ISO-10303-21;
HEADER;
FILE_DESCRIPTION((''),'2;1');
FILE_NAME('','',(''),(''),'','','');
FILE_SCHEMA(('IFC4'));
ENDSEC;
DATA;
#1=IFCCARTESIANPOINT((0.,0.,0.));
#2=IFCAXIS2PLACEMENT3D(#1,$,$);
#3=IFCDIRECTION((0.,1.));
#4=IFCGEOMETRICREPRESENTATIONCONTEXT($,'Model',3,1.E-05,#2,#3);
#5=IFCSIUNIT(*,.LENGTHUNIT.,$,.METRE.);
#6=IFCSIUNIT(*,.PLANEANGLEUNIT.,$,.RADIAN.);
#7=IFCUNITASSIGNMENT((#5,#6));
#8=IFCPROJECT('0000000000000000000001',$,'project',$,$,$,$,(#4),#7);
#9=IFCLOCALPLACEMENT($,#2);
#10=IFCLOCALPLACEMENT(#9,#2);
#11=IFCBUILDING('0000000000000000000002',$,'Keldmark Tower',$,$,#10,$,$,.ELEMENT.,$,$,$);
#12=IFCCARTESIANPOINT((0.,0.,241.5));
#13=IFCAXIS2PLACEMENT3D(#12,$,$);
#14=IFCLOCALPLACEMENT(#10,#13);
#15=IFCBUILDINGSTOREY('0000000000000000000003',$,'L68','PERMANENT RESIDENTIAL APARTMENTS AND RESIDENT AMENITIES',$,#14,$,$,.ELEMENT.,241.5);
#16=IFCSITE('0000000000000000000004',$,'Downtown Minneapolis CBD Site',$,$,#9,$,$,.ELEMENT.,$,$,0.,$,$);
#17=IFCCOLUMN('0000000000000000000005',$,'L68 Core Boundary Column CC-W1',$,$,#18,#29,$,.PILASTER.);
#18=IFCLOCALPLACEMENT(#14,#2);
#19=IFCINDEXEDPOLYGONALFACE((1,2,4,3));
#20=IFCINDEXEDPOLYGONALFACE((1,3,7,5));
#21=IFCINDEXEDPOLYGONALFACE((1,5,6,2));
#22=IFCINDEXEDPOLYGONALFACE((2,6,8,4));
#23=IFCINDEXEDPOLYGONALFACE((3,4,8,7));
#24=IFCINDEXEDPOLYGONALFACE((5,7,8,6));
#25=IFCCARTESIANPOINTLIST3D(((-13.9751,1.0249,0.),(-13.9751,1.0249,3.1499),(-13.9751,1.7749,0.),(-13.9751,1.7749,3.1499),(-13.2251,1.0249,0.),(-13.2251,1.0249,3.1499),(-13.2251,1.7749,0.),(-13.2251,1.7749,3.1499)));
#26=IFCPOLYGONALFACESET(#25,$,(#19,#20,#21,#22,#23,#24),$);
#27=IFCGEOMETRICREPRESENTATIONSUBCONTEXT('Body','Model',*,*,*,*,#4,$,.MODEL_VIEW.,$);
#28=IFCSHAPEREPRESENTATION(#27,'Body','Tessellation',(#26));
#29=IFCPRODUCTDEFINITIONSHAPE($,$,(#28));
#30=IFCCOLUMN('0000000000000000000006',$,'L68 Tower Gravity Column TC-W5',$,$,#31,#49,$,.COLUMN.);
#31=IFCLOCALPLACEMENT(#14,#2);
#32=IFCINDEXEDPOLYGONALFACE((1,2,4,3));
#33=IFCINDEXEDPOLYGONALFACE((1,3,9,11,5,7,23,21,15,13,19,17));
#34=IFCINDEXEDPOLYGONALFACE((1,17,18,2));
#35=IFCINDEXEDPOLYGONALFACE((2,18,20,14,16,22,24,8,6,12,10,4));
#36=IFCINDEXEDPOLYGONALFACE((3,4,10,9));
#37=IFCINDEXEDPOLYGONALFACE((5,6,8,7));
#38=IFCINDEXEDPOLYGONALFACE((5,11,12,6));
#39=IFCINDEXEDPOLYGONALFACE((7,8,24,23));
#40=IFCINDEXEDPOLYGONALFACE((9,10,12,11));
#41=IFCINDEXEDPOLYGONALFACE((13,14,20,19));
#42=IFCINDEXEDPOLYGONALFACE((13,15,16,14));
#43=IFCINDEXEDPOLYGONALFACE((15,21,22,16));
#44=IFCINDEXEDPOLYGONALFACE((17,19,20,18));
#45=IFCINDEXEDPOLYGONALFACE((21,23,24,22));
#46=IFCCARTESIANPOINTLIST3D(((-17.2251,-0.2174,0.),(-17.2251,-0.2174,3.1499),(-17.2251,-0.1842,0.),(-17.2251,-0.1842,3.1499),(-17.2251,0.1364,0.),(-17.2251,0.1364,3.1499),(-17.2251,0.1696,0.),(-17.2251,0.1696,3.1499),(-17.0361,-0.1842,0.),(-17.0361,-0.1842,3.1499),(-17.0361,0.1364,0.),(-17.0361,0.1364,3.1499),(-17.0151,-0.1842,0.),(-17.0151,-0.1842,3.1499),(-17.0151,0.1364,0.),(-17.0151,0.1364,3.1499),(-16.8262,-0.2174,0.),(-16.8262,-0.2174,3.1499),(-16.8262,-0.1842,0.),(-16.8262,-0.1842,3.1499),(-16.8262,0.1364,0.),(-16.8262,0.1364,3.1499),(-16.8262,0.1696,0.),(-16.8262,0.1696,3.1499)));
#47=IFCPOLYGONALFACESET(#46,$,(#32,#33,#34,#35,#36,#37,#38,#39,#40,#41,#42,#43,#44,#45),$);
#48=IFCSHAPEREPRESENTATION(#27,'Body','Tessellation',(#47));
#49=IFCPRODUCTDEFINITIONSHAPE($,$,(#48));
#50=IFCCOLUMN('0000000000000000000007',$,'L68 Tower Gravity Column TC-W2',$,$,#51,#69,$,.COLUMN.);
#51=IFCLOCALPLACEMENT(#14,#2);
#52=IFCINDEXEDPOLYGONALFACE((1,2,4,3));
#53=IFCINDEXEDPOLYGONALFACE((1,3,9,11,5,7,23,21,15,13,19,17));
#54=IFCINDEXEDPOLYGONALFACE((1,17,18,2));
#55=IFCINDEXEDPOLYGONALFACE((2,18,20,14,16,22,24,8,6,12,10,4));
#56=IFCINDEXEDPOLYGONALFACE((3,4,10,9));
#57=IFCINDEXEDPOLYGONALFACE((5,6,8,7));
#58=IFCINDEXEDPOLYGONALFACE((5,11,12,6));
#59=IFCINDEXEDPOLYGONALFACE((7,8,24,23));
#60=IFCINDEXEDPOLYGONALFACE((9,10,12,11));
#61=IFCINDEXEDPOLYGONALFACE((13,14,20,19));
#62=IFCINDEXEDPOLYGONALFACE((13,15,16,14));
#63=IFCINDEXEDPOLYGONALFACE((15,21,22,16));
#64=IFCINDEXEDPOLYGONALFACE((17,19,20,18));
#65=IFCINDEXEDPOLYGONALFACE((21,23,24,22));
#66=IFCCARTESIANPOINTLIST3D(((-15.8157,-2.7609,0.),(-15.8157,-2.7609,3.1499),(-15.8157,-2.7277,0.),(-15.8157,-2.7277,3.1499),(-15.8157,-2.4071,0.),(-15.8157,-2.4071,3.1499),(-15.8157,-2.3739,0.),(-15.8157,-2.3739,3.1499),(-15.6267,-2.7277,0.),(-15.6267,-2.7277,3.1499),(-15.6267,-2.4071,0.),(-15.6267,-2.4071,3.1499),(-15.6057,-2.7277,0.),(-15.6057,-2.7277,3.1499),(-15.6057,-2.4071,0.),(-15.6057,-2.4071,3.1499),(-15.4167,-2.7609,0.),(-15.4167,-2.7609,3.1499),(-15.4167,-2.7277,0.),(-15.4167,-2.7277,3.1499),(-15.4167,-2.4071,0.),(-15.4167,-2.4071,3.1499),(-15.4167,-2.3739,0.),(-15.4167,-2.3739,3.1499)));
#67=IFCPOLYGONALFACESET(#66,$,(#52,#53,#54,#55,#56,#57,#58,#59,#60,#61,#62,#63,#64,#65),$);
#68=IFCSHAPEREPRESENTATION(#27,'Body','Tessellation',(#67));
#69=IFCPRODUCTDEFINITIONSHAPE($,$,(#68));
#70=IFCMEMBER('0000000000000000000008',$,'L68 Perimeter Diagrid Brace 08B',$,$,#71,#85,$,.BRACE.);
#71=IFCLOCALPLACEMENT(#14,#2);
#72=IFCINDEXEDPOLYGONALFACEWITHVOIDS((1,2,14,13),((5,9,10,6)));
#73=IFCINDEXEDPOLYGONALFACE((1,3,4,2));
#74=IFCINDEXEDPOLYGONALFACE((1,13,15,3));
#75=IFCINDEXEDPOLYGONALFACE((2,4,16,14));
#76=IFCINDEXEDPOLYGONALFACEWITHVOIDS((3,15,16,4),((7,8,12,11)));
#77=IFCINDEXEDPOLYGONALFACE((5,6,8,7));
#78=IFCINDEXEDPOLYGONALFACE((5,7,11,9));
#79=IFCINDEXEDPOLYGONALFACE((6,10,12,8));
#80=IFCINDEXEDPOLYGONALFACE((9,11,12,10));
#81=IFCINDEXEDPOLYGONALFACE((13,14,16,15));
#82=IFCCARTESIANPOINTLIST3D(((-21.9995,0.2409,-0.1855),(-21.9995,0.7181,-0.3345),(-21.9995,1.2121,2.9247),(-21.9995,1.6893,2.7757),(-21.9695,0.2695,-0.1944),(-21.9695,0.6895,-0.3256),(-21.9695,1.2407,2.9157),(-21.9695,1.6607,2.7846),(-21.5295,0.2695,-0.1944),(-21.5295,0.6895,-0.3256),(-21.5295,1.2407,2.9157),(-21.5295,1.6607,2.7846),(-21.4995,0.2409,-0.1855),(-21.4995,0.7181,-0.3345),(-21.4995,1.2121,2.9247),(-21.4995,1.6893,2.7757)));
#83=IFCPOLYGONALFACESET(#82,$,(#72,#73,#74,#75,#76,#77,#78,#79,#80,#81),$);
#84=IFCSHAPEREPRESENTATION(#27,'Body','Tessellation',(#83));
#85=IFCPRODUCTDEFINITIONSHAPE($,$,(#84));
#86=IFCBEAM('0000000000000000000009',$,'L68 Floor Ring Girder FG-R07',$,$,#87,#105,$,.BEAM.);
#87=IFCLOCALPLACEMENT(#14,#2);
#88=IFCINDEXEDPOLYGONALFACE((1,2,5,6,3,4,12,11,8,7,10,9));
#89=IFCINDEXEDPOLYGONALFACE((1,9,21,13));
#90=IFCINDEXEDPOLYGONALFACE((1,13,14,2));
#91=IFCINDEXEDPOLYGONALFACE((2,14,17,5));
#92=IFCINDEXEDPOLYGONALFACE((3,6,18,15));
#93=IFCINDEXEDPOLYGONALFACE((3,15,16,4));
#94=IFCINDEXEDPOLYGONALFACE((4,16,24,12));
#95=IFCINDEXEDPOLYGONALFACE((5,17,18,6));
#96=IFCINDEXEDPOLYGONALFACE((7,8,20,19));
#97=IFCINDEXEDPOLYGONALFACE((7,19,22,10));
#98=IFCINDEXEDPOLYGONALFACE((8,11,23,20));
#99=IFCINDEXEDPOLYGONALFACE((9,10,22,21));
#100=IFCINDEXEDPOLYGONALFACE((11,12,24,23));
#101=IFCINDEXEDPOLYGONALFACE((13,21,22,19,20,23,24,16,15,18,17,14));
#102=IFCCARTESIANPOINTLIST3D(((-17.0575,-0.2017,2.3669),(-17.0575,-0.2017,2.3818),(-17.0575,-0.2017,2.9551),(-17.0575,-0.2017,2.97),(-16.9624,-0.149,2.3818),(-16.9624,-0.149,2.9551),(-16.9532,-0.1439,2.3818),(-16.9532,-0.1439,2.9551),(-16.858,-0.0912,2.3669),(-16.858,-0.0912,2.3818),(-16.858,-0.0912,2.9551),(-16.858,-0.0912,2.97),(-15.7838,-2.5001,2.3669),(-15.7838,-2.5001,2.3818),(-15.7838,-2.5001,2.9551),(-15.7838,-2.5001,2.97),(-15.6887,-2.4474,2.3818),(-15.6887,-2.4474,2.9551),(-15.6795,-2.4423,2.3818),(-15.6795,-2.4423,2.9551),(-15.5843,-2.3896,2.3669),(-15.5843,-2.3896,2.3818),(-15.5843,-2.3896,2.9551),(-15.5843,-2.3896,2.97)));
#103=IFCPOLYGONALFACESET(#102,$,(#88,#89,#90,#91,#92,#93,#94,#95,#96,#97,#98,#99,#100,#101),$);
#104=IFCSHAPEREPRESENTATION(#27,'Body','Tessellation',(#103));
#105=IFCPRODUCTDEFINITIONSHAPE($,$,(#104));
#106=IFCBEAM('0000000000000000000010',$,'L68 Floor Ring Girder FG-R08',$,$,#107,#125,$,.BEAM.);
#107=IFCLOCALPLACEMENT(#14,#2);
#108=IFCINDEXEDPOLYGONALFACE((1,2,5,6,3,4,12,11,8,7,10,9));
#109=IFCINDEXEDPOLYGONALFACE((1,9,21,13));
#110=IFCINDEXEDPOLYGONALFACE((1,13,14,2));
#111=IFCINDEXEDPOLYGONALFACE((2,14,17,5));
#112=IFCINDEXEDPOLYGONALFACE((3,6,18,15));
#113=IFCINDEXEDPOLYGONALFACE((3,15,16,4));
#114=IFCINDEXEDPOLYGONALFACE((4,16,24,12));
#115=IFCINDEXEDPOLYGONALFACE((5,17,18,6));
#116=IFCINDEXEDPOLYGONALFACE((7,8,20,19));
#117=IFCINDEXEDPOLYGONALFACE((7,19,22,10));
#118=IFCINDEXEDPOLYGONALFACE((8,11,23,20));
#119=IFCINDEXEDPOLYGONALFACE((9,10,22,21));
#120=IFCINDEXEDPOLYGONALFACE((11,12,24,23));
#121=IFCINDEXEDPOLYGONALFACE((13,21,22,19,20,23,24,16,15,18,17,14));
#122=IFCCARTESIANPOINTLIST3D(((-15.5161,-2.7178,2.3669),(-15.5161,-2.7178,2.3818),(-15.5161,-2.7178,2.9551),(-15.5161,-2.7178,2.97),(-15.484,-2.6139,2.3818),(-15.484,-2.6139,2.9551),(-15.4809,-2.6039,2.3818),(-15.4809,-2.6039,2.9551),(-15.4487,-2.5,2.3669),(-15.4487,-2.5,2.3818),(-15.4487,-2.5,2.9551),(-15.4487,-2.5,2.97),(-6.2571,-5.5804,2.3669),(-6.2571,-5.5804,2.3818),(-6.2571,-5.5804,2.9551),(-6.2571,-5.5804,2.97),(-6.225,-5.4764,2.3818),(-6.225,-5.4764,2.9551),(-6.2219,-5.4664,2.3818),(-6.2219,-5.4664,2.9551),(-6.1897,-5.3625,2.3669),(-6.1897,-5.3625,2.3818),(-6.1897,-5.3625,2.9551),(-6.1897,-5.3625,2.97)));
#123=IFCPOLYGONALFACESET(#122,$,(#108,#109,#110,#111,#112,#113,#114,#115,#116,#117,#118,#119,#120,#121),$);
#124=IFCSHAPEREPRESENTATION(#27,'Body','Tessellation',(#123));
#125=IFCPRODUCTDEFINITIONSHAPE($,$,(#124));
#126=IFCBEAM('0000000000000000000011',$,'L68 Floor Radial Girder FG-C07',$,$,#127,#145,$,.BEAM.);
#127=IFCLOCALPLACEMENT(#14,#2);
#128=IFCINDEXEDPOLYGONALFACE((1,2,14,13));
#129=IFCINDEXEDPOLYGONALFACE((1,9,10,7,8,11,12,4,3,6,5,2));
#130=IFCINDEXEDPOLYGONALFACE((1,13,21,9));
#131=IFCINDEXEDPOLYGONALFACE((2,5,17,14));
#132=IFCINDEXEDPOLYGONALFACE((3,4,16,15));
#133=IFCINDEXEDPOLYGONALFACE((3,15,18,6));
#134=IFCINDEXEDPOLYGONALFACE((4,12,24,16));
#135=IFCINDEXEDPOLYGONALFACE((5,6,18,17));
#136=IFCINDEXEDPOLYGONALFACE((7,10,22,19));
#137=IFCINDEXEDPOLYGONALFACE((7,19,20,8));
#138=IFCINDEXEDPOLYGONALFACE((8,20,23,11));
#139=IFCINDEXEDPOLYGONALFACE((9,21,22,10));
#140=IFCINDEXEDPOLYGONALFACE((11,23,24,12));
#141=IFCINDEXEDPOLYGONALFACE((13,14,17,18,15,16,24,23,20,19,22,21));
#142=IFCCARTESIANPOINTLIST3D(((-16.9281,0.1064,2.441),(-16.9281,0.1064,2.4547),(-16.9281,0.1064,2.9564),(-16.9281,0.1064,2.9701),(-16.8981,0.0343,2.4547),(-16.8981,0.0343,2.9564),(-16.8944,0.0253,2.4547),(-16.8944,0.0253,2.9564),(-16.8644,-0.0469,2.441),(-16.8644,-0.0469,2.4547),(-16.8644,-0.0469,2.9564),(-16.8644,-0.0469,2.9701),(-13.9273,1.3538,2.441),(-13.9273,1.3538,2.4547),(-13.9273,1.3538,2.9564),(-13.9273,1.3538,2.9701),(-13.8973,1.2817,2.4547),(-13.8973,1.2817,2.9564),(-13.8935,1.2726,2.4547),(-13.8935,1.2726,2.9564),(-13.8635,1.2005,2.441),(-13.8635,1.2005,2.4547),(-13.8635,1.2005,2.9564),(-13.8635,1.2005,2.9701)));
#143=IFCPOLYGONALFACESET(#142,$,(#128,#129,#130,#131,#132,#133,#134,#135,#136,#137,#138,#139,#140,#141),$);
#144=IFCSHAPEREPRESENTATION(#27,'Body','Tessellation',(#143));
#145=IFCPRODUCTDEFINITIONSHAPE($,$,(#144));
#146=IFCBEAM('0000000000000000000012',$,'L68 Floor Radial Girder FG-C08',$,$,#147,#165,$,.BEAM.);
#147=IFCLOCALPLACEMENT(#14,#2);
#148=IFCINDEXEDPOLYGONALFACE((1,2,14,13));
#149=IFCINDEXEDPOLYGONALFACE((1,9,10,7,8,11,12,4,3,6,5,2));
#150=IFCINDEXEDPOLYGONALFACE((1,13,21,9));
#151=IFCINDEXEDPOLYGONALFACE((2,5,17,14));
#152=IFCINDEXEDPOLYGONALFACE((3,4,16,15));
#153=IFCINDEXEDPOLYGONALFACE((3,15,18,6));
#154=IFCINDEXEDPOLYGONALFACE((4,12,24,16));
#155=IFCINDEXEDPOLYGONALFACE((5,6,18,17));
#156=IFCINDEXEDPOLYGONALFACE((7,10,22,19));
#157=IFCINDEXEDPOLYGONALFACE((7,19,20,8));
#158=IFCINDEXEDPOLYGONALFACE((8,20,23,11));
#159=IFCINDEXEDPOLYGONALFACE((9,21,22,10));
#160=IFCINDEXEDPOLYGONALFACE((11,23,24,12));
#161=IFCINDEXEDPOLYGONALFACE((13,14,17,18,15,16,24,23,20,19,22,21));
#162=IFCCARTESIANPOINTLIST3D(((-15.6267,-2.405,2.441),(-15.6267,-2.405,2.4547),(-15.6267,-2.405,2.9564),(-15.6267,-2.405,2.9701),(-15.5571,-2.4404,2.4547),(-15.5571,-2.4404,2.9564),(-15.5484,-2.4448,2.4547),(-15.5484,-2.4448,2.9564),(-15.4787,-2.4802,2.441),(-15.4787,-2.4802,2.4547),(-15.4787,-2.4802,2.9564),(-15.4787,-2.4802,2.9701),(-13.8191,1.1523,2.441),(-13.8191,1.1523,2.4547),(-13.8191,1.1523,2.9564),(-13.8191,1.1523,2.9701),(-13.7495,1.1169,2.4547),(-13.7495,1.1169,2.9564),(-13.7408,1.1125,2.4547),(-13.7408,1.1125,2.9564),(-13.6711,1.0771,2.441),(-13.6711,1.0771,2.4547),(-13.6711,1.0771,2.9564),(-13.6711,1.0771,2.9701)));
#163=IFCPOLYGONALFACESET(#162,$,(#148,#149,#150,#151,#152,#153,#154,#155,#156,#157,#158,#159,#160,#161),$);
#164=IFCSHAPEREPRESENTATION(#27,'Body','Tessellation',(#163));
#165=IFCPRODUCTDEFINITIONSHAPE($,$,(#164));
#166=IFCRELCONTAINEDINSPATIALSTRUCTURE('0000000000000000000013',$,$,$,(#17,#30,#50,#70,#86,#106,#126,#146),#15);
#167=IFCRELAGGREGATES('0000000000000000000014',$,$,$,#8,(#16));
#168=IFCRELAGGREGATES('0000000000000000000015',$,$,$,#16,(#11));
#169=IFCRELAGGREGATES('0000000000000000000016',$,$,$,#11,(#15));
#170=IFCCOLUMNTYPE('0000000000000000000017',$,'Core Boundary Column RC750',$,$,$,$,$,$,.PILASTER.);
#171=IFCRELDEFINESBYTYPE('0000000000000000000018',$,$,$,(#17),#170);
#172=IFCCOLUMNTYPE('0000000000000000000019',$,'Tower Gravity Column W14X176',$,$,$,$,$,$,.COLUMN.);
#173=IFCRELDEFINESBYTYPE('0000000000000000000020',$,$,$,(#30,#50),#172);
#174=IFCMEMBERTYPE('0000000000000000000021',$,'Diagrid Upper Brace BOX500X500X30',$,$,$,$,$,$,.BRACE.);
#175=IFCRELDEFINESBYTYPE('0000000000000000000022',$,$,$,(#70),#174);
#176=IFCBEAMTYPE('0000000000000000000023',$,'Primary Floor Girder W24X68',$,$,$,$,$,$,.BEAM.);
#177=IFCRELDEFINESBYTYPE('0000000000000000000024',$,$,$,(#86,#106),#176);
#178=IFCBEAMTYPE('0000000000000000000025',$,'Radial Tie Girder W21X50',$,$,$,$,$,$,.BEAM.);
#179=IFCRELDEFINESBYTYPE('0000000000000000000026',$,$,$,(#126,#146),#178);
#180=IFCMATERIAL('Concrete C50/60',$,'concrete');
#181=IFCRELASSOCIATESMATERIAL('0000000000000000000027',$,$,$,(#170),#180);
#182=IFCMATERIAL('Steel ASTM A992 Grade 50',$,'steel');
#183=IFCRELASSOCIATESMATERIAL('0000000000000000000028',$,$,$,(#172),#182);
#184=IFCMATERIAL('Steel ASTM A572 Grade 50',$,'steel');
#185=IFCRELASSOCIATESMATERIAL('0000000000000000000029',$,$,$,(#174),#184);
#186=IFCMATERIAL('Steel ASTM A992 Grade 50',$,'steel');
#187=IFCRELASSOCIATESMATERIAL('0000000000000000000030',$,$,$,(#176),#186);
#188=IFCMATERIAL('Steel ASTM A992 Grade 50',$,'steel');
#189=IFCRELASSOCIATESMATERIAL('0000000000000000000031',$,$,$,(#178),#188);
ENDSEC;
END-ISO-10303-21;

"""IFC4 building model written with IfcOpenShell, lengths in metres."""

from ifc_helpers import new_model, si_unit, direction, frame, origin, origin_2d, place, context, subcontext, project, spatial, rectangle, hollow_rectangle, i_section, extrude, material, material_profile, profile_set, type_object, element, save


model = new_model("IFC4")

# Units and contexts
model_context = context("Model", 3, precision=1e-05, world=origin(), true_north=direction((0.0, 1.0)))
body_context = subcontext(model_context, "Body", "Model", "MODEL_VIEW")
ifc_project = project(units=[si_unit("LENGTHUNIT", "METRE"), si_unit("PLANEANGLEUNIT", "RADIAN")], contexts=[model_context])

# Site, building, storey
site_placement = place(None, origin())
site = spatial("IfcSite", under=ifc_project, at=site_placement, Name="Downtown Minneapolis CBD Site", CompositionType="ELEMENT", RefElevation=0.0)
building_placement = place(site_placement, origin())
building = spatial("IfcBuilding", under=site, at=building_placement, Name="Keldmark Tower", CompositionType="ELEMENT")
storey_placement = place(building_placement, frame((0.0, 0.0, 241.5)))
storey = spatial("IfcBuildingStorey", under=building, at=storey_placement, Name="L68", Description="PERMANENT RESIDENTIAL APARTMENTS AND RESIDENT AMENITIES", CompositionType="ELEMENT", Elevation=241.5)

# Columns
ifc_material_1 = material(Name="Concrete C50/60", Category="concrete")
ifc_material_profile_1 = material_profile(ifc_material_1, rectangle(XDim=0.75, YDim=0.75, at=origin_2d()), Name="RC750X750")
ifc_profile_set_1 = profile_set([ifc_material_profile_1], Name="Concrete C50/60")
column_type_1 = type_object("IfcColumnType", Name="Core Boundary Column RC750", PredefinedType="PILASTER", material=ifc_profile_set_1)
column_placement = place(storey_placement, frame((-13.6001, 1.3999, 0.0), z_axis=(0.0, 0.0, 1.0), x_axis=(1.0, 0.0, 0.0)))
element("IfcColumn", 1, at=column_placement, inside=storey, type_object=column_type_1, Name="L68 Core Boundary Column CC-W1", PredefinedType="PILASTER", context=body_context, shape_type="SweptSolid", body=[
    extrude(rectangle(XDim=0.75, YDim=0.75, at=origin_2d()), origin(), (0.0, 0.0, 1.0), 3.1499),
])
ifc_material_2 = material(Name="Steel ASTM A992 Grade 50", Category="steel")
ifc_material_profile_2 = material_profile(ifc_material_2, i_section(OverallWidth=0.3989, OverallDepth=0.387, WebThickness=0.021, FlangeThickness=0.0332, at=origin_2d()), Name="W14X176")
ifc_profile_set_2 = profile_set([ifc_material_profile_2], Name="Steel ASTM A992 Grade 50")
column_type_2 = type_object("IfcColumnType", Name="Tower Gravity Column W14X176", PredefinedType="COLUMN", material=ifc_profile_set_2)
for number, where, z_axis, x_axis, name in (
    (2, (-17.0256, -0.0239, 0.0), (0.0, 0.0, 1.0), (1.0, 0.0, 0.0), "L68 Tower Gravity Column TC-W5"),
    (3, (-15.6162, -2.5674, 0.0), (0.0, 0.0, 1.0), (1.0, 0.0, 0.0), "L68 Tower Gravity Column TC-W2"),
):
    element("IfcColumn", number, at=place(storey_placement, frame(where, z_axis=z_axis, x_axis=x_axis)), inside=storey, type_object=column_type_2, Name=name, PredefinedType="COLUMN", context=body_context, shape_type="SweptSolid", body=[
        extrude(i_section(OverallWidth=0.3989, OverallDepth=0.387, WebThickness=0.021, FlangeThickness=0.0332, at=origin_2d()), origin(), (0.0, 0.0, 1.0), 3.1499),
    ])

# Member
ifc_material_3 = material(Name="Steel ASTM A572 Grade 50", Category="steel")
ifc_material_profile_3 = material_profile(ifc_material_3, hollow_rectangle(XDim=0.5, YDim=0.5, WallThickness=0.03, at=origin_2d()), Name="BOX500X500X30")
ifc_profile_set_3 = profile_set([ifc_material_profile_3], Name="Steel ASTM A572 Grade 50")
member_type = type_object("IfcMemberType", Name="Diagrid Upper Brace BOX500X500X30", PredefinedType="BRACE", material=ifc_profile_set_3)
member_placement = place(storey_placement, frame((-21.7495, 0.4795, -0.26), z_axis=(0.0, 0.298074, 0.954543), x_axis=(-1.0, 0.0, 0.0)))
element("IfcMember", 4, at=member_placement, inside=storey, type_object=member_type, Name="L68 Perimeter Diagrid Brace 08B", PredefinedType="BRACE", context=body_context, shape_type="SweptSolid", body=[
    extrude(hollow_rectangle(XDim=0.5, YDim=0.5, WallThickness=0.03, at=origin_2d()), origin(), (0.0, 0.0, 1.0), 3.2583),
])

# Beams
ifc_material_4 = material(Name="Steel ASTM A992 Grade 50", Category="steel")
ifc_material_profile_4 = material_profile(ifc_material_4, i_section(OverallWidth=0.228, OverallDepth=0.603, WebThickness=0.0105, FlangeThickness=0.0149, at=origin_2d()), Name="W24X68")
ifc_profile_set_4 = profile_set([ifc_material_profile_4], Name="Steel ASTM A992 Grade 50")
beam_type_1 = type_object("IfcBeamType", Name="Primary Floor Girder W24X68", PredefinedType="BEAM", material=ifc_profile_set_4)
beam_1_placement = place(storey_placement, frame((-16.9578, -0.1465, 2.6685), z_axis=(0.48472, -0.87467, 0.0), x_axis=(0.87467, 0.48472, 0.0)))
element("IfcBeam", 5, at=beam_1_placement, inside=storey, type_object=beam_type_1, Name="L68 Floor Ring Girder FG-R07", PredefinedType="BEAM", context=body_context, shape_type="SweptSolid", body=[
    extrude(i_section(OverallWidth=0.228, OverallDepth=0.603, WebThickness=0.0105, FlangeThickness=0.0149, at=origin_2d()), origin(), (0.0, 0.0, 1.0), 2.6277),
])
beam_2_placement = place(storey_placement, frame((-15.4824, -2.6089, 2.6685), z_axis=(0.955383, -0.295369, 0.0), x_axis=(0.295369, 0.955383, 0.0)))
element("IfcBeam", 6, at=beam_2_placement, inside=storey, type_object=beam_type_1, Name="L68 Floor Ring Girder FG-R08", PredefinedType="BEAM", context=body_context, shape_type="SweptSolid", body=[
    extrude(i_section(OverallWidth=0.228, OverallDepth=0.603, WebThickness=0.0105, FlangeThickness=0.0149, at=origin_2d()), origin(), (0.0, 0.0, 1.0), 9.6914),
])
ifc_material_5 = material(Name="Steel ASTM A992 Grade 50", Category="steel")
ifc_material_profile_5 = material_profile(ifc_material_5, i_section(OverallWidth=0.166, OverallDepth=0.5291, WebThickness=0.0098, FlangeThickness=0.0137, at=origin_2d()), Name="W21X50")
ifc_profile_set_5 = profile_set([ifc_material_profile_5], Name="Steel ASTM A992 Grade 50")
beam_type_2 = type_object("IfcBeamType", Name="Radial Tie Girder W21X50", PredefinedType="BEAM", material=ifc_profile_set_5)
beam_3_placement = place(storey_placement, frame((-16.8962, 0.0298, 2.7056), z_axis=(0.923403, 0.383831, 0.0), x_axis=(-0.383831, 0.923403, 0.0)))
element("IfcBeam", 7, at=beam_3_placement, inside=storey, type_object=beam_type_2, Name="L68 Floor Radial Girder FG-C07", PredefinedType="BEAM", context=body_context, shape_type="SweptSolid", body=[
    extrude(i_section(OverallWidth=0.166, OverallDepth=0.5291, WebThickness=0.0098, FlangeThickness=0.0137, at=origin_2d()), origin(), (0.0, 0.0, 1.0), 3.2498),
])
beam_4_placement = place(storey_placement, frame((-15.5527, -2.4426, 2.7056), z_axis=(0.453004, 0.891508, 0.0), x_axis=(-0.891508, 0.453004, 0.0)))
element("IfcBeam", 8, at=beam_4_placement, inside=storey, type_object=beam_type_2, Name="L68 Floor Radial Girder FG-C08", PredefinedType="BEAM", context=body_context, shape_type="SweptSolid", body=[
    extrude(i_section(OverallWidth=0.166, OverallDepth=0.5291, WebThickness=0.0098, FlangeThickness=0.0137, at=origin_2d()), origin(), (0.0, 0.0, 1.0), 3.9902),
])

save(model, "model.ifc")
